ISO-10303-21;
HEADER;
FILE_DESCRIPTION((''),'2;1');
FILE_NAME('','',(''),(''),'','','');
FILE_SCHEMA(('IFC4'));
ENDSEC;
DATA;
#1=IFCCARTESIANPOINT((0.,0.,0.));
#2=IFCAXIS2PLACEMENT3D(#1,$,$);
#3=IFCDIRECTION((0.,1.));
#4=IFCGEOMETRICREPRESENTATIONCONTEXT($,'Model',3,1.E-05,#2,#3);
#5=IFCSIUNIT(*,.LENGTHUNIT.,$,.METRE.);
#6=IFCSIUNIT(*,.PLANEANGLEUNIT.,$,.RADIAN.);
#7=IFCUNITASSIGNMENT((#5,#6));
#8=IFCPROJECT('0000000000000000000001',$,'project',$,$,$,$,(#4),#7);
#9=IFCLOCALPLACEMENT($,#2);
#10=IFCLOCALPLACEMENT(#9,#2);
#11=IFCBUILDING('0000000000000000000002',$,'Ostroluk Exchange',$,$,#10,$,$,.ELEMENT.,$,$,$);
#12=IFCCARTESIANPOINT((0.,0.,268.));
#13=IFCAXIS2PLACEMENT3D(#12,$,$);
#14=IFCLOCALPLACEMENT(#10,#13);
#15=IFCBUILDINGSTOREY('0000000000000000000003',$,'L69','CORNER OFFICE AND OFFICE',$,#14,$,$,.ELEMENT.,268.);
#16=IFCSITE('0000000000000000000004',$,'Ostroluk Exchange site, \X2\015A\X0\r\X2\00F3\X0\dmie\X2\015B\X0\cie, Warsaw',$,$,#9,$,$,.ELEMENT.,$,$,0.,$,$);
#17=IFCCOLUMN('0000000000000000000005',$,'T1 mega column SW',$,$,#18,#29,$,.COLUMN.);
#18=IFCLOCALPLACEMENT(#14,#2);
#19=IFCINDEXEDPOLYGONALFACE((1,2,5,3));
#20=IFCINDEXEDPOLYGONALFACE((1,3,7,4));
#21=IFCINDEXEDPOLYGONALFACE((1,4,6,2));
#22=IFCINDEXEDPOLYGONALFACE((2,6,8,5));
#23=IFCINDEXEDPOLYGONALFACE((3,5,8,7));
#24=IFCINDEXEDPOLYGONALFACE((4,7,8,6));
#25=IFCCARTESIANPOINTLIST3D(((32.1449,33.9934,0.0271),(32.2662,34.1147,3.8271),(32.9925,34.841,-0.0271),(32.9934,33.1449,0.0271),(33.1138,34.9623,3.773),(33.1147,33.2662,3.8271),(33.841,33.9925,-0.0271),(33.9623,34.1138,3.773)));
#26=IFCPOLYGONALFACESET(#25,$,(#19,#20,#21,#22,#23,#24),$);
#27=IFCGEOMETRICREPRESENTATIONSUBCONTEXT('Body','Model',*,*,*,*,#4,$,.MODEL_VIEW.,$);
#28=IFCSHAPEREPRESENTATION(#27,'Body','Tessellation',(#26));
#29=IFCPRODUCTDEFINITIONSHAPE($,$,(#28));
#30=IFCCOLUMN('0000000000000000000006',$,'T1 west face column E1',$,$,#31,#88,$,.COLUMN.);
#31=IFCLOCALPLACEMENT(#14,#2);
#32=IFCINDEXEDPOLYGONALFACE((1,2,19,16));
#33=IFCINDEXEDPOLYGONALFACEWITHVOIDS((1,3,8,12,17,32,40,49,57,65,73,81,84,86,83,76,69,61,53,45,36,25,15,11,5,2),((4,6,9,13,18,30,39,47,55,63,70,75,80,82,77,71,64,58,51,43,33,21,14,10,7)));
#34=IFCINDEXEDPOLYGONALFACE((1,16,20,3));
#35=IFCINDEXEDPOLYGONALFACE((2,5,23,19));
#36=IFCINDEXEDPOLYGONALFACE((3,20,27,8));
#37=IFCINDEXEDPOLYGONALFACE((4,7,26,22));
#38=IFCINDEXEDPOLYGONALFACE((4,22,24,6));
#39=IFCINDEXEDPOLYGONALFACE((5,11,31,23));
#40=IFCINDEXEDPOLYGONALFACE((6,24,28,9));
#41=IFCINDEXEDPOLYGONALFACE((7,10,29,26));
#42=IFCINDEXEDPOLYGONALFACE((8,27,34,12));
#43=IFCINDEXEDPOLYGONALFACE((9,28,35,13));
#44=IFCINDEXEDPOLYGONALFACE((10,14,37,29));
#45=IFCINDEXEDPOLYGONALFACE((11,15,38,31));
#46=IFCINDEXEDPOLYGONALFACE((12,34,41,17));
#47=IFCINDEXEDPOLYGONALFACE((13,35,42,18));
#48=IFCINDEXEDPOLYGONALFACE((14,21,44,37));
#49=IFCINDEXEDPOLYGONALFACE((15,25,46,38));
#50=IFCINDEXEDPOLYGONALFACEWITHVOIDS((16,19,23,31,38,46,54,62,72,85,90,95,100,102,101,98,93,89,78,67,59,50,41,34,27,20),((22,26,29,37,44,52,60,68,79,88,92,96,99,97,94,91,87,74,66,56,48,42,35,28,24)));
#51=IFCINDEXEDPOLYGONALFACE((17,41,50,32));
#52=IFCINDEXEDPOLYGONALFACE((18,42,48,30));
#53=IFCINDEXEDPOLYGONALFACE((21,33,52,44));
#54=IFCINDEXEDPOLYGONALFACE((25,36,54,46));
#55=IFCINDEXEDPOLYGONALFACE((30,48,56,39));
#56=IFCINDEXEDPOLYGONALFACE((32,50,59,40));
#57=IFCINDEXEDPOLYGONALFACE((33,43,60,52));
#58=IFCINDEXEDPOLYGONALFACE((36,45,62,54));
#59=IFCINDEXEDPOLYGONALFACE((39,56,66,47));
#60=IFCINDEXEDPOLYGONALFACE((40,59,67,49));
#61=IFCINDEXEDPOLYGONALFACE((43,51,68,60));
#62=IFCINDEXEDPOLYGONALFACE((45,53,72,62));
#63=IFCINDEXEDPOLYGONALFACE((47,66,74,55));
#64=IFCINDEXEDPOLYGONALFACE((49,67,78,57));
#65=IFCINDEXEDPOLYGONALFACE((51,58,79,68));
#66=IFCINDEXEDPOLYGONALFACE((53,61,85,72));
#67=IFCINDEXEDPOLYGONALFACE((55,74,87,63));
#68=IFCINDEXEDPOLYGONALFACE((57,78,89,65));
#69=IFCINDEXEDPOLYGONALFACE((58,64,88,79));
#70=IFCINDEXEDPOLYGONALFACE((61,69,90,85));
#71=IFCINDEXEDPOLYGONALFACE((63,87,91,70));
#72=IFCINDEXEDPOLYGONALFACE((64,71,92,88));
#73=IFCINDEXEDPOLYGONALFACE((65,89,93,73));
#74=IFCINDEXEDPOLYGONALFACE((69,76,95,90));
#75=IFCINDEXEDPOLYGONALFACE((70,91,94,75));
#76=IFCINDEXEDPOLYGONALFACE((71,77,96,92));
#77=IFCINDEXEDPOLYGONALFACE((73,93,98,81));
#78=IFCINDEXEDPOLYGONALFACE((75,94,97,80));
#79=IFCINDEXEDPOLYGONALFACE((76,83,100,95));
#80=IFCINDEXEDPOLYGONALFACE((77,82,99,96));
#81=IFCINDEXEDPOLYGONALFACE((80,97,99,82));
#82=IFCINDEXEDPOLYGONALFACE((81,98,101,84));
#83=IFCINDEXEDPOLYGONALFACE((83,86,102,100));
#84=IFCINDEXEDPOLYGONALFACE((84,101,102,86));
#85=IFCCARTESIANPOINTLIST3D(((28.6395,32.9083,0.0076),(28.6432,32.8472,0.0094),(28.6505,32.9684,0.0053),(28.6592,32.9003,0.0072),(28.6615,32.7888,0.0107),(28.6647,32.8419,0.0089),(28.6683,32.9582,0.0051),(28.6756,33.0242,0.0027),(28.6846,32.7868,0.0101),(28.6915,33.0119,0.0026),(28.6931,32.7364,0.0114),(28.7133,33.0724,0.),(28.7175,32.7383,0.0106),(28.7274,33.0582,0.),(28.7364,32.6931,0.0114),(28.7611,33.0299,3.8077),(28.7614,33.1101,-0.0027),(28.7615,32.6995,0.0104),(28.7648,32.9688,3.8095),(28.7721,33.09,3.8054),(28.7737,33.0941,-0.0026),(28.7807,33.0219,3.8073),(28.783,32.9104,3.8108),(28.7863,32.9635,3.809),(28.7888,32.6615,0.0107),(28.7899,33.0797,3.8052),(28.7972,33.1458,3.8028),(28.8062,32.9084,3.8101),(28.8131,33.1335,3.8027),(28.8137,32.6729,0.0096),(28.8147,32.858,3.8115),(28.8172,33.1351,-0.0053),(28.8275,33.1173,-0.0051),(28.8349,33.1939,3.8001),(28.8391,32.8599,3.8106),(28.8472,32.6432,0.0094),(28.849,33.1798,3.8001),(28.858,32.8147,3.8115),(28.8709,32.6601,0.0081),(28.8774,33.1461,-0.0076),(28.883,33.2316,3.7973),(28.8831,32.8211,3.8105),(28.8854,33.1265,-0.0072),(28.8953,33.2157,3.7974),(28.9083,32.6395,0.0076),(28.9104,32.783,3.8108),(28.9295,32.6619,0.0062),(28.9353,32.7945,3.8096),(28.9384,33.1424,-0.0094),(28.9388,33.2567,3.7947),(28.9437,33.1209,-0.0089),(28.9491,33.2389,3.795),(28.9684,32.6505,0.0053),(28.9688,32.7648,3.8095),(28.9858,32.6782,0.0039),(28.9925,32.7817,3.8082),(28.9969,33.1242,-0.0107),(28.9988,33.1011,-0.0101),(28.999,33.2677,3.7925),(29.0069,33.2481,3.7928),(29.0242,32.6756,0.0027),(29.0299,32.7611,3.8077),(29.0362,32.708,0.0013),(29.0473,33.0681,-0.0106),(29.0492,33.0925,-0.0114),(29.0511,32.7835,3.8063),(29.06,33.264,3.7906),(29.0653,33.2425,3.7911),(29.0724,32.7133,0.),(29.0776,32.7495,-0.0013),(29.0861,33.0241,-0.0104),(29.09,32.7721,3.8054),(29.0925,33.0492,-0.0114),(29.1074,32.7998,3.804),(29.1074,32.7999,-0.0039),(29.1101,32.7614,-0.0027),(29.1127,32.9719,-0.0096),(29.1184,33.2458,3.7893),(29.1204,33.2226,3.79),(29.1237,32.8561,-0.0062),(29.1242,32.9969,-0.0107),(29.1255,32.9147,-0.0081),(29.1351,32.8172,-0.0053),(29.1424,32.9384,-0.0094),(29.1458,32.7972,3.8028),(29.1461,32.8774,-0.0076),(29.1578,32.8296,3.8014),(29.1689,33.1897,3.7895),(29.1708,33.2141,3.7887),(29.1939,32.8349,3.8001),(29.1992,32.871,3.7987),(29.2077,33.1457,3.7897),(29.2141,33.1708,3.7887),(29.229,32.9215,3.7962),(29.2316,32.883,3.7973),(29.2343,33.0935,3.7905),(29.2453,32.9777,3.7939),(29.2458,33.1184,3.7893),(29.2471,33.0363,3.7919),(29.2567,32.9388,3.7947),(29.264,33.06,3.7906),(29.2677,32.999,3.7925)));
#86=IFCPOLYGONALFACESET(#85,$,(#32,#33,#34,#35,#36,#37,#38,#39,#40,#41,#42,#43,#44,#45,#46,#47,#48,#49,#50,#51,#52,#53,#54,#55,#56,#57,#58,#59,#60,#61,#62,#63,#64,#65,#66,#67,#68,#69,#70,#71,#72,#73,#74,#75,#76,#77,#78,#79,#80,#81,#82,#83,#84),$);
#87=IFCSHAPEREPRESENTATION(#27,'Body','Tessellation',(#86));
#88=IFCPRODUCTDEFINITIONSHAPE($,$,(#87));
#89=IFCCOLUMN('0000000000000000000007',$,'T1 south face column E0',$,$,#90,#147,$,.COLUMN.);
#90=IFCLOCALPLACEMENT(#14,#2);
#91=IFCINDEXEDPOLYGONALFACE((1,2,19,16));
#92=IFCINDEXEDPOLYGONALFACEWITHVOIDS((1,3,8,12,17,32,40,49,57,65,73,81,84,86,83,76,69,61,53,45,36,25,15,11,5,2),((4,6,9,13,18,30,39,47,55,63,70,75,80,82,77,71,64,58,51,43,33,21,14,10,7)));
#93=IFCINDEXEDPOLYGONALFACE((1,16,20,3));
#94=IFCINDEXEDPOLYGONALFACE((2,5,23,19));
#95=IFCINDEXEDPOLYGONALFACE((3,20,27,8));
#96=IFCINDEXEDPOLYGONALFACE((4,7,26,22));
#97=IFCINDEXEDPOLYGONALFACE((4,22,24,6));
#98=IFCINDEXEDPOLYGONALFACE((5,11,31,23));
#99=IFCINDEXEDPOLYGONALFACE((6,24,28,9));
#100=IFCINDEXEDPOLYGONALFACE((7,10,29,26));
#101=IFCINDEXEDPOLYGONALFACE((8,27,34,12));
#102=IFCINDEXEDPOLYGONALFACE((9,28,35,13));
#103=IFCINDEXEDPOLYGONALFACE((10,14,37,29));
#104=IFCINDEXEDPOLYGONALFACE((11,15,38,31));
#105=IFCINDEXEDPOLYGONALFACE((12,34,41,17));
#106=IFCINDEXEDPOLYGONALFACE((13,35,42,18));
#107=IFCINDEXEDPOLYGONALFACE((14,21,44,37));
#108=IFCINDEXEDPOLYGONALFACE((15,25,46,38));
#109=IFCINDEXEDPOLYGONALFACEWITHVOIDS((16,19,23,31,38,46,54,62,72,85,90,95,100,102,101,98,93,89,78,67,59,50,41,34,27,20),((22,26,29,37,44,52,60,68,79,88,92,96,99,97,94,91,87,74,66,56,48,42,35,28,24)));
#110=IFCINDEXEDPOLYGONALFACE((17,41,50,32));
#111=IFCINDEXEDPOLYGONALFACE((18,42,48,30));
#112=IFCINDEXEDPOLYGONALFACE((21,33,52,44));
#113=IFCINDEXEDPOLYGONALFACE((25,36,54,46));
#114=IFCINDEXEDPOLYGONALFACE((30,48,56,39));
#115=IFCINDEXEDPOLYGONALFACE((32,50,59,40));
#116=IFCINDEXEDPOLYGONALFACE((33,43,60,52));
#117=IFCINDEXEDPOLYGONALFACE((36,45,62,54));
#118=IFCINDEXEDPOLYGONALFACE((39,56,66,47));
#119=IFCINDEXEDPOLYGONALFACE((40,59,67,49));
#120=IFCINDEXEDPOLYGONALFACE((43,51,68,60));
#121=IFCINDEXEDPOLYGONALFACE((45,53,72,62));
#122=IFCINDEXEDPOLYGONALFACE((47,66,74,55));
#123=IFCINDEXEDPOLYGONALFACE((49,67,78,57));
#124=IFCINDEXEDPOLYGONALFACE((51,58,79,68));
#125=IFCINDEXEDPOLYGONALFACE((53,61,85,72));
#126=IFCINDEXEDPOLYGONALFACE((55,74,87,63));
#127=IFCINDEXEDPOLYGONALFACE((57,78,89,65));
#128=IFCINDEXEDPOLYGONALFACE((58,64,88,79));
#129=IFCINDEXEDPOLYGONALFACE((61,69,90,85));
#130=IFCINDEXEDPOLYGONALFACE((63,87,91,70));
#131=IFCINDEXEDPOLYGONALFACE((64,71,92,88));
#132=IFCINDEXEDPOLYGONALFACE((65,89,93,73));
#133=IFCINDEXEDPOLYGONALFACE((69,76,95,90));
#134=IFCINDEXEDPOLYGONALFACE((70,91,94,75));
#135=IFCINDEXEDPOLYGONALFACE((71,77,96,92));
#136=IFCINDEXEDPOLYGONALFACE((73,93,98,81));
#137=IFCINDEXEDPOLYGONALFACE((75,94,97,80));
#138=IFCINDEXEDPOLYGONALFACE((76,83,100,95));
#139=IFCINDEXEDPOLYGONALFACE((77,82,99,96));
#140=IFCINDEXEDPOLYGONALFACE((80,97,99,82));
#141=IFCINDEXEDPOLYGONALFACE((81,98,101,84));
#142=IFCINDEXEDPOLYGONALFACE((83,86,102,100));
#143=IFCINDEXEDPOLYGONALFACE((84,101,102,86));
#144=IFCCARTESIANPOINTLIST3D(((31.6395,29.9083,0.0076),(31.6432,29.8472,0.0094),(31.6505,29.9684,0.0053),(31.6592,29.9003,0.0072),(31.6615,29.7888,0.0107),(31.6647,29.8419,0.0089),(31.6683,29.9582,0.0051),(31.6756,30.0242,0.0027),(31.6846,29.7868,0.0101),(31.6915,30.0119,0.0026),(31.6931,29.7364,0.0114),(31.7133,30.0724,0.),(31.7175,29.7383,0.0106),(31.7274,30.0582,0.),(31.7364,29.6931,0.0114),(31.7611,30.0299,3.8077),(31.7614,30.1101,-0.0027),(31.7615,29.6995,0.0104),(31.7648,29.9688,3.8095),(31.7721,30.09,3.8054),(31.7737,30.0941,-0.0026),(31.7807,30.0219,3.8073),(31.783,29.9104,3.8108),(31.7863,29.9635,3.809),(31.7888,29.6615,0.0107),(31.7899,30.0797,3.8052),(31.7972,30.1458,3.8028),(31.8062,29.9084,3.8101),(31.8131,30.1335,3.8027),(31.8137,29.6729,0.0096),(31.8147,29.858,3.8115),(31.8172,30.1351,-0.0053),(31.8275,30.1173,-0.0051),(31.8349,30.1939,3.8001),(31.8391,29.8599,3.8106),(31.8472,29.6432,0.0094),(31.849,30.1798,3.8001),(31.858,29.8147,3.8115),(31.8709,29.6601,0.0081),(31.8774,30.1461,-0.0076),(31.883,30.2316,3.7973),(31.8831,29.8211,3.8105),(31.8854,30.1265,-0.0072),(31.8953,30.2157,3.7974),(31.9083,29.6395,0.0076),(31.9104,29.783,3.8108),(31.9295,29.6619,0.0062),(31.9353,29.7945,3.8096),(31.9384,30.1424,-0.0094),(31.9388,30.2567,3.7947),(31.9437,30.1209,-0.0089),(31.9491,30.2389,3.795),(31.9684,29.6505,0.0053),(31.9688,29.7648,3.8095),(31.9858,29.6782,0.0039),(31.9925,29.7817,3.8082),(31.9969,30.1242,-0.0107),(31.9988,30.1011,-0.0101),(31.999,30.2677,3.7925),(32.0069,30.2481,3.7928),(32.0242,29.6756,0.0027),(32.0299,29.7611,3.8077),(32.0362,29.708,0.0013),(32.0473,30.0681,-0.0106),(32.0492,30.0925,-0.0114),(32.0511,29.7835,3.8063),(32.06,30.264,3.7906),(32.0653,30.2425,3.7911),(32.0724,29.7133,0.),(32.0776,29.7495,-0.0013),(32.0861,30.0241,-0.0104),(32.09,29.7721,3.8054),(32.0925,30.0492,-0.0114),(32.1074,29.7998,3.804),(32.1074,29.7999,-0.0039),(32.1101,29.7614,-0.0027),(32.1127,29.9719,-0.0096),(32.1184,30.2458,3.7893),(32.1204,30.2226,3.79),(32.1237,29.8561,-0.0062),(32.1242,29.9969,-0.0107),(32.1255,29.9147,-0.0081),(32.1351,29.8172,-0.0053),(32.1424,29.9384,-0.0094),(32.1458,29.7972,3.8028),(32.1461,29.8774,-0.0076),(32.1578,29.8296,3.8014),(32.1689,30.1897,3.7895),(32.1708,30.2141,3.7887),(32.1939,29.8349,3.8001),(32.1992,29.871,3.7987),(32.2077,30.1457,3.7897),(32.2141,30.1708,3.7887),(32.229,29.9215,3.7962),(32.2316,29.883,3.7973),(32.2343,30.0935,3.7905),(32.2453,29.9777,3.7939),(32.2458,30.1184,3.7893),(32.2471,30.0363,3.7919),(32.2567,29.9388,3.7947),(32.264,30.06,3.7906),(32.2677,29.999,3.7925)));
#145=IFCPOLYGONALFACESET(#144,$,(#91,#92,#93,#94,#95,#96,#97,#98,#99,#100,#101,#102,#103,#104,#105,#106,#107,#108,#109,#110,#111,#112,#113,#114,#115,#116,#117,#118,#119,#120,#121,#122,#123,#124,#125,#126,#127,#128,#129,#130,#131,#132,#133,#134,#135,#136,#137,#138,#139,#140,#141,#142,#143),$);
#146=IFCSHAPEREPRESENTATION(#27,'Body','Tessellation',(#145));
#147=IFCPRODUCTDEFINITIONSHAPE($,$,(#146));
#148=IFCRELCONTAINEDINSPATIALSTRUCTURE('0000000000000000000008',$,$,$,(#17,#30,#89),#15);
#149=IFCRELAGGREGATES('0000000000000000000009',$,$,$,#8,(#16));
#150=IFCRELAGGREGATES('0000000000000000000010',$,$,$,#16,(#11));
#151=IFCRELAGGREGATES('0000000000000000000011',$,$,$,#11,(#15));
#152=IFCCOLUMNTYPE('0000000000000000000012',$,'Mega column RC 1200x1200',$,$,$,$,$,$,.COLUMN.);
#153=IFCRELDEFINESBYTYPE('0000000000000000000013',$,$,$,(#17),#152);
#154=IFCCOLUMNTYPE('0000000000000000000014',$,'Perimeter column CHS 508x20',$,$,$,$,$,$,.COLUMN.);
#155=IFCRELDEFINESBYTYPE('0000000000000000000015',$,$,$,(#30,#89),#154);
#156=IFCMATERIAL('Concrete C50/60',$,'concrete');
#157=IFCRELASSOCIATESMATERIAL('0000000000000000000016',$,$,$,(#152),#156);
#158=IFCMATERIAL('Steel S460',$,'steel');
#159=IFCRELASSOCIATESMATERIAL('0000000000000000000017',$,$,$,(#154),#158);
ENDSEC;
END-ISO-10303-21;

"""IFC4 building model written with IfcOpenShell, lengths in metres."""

from ifc_helpers import new_model, si_unit, direction, frame, origin, origin_2d, place, context, subcontext, project, spatial, rectangle, hollow_circle, extrude, material, material_profile, profile_set, type_object, element, save


model = new_model("IFC4")

# Units and contexts
model_context = context("Model", 3, precision=1e-05, world=origin(), true_north=direction((0.0, 1.0)))
body_context = subcontext(model_context, "Body", "Model", "MODEL_VIEW")
ifc_project = project(units=[si_unit("LENGTHUNIT", "METRE"), si_unit("PLANEANGLEUNIT", "RADIAN")], contexts=[model_context])

# Site, building, storey
site_placement = place(None, origin())
site = spatial("IfcSite", under=ifc_project, at=site_placement, Name="Ostroluk Exchange site, Śródmieście, Warsaw", CompositionType="ELEMENT", RefElevation=0.0)
building_placement = place(site_placement, origin())
building = spatial("IfcBuilding", under=site, at=building_placement, Name="Ostroluk Exchange", CompositionType="ELEMENT")
storey_placement = place(building_placement, frame((0.0, 0.0, 268.0)))
storey = spatial("IfcBuildingStorey", under=building, at=storey_placement, Name="L69", Description="CORNER OFFICE AND OFFICE", CompositionType="ELEMENT", Elevation=268.0)

# Columns
ifc_material_1 = material(Name="Concrete C50/60", Category="concrete")
ifc_material_profile_1 = material_profile(ifc_material_1, rectangle(XDim=1.2, YDim=1.2, at=origin_2d()), Name="RC 1200x1200")
ifc_profile_set_1 = profile_set([ifc_material_profile_1], Name="Concrete C50/60")
column_type_1 = type_object("IfcColumnType", Name="Mega column RC 1200x1200", PredefinedType="COLUMN", material=ifc_profile_set_1)
column_1_placement = place(storey_placement, frame((32.9929, 33.9929, 0.0), z_axis=(0.031898, 0.031898, 0.998982), x_axis=(-0.707107, 0.707107, 0.0)))
element("IfcColumn", 1, at=column_1_placement, inside=storey, type_object=column_type_1, Name="T1 mega column SW", PredefinedType="COLUMN", context=body_context, shape_type="SweptSolid", body=[
    extrude(rectangle(XDim=1.2, YDim=1.2, at=origin_2d()), origin(), (0.0, 0.0, 1.0), 3.804),
])
ifc_material_2 = material(Name="Steel S460", Category="steel")
ifc_material_profile_2 = material_profile(ifc_material_2, hollow_circle(Radius=0.2539, WallThickness=0.02, at=origin_2d()), Name="CHS 508x20")
ifc_profile_set_2 = profile_set([ifc_material_profile_2], Name="Steel S460")
column_type_2 = type_object("IfcColumnType", Name="Perimeter column CHS 508x20", PredefinedType="COLUMN", material=ifc_profile_set_2)
for number, where, z_axis, x_axis, name in (
    (2, (28.8928, 32.8928, 0.0), (0.031962, 0.031962, 0.998978), (-0.707107, 0.707107, 0.0), "T1 west face column E1"),
    (3, (31.8928, 29.8928, 0.0), (0.031962, 0.031962, 0.998978), (-0.707107, 0.707107, 0.0), "T1 south face column E0"),
):
    element("IfcColumn", number, at=place(storey_placement, frame(where, z_axis=z_axis, x_axis=x_axis)), inside=storey, type_object=column_type_2, Name=name, PredefinedType="COLUMN", context=body_context, shape_type="SweptSolid", body=[
        extrude(hollow_circle(Radius=0.2539, WallThickness=0.02, at=origin_2d()), origin(), (0.0, 0.0, 1.0), 3.804),
    ])

save(model, "model.ifc")
